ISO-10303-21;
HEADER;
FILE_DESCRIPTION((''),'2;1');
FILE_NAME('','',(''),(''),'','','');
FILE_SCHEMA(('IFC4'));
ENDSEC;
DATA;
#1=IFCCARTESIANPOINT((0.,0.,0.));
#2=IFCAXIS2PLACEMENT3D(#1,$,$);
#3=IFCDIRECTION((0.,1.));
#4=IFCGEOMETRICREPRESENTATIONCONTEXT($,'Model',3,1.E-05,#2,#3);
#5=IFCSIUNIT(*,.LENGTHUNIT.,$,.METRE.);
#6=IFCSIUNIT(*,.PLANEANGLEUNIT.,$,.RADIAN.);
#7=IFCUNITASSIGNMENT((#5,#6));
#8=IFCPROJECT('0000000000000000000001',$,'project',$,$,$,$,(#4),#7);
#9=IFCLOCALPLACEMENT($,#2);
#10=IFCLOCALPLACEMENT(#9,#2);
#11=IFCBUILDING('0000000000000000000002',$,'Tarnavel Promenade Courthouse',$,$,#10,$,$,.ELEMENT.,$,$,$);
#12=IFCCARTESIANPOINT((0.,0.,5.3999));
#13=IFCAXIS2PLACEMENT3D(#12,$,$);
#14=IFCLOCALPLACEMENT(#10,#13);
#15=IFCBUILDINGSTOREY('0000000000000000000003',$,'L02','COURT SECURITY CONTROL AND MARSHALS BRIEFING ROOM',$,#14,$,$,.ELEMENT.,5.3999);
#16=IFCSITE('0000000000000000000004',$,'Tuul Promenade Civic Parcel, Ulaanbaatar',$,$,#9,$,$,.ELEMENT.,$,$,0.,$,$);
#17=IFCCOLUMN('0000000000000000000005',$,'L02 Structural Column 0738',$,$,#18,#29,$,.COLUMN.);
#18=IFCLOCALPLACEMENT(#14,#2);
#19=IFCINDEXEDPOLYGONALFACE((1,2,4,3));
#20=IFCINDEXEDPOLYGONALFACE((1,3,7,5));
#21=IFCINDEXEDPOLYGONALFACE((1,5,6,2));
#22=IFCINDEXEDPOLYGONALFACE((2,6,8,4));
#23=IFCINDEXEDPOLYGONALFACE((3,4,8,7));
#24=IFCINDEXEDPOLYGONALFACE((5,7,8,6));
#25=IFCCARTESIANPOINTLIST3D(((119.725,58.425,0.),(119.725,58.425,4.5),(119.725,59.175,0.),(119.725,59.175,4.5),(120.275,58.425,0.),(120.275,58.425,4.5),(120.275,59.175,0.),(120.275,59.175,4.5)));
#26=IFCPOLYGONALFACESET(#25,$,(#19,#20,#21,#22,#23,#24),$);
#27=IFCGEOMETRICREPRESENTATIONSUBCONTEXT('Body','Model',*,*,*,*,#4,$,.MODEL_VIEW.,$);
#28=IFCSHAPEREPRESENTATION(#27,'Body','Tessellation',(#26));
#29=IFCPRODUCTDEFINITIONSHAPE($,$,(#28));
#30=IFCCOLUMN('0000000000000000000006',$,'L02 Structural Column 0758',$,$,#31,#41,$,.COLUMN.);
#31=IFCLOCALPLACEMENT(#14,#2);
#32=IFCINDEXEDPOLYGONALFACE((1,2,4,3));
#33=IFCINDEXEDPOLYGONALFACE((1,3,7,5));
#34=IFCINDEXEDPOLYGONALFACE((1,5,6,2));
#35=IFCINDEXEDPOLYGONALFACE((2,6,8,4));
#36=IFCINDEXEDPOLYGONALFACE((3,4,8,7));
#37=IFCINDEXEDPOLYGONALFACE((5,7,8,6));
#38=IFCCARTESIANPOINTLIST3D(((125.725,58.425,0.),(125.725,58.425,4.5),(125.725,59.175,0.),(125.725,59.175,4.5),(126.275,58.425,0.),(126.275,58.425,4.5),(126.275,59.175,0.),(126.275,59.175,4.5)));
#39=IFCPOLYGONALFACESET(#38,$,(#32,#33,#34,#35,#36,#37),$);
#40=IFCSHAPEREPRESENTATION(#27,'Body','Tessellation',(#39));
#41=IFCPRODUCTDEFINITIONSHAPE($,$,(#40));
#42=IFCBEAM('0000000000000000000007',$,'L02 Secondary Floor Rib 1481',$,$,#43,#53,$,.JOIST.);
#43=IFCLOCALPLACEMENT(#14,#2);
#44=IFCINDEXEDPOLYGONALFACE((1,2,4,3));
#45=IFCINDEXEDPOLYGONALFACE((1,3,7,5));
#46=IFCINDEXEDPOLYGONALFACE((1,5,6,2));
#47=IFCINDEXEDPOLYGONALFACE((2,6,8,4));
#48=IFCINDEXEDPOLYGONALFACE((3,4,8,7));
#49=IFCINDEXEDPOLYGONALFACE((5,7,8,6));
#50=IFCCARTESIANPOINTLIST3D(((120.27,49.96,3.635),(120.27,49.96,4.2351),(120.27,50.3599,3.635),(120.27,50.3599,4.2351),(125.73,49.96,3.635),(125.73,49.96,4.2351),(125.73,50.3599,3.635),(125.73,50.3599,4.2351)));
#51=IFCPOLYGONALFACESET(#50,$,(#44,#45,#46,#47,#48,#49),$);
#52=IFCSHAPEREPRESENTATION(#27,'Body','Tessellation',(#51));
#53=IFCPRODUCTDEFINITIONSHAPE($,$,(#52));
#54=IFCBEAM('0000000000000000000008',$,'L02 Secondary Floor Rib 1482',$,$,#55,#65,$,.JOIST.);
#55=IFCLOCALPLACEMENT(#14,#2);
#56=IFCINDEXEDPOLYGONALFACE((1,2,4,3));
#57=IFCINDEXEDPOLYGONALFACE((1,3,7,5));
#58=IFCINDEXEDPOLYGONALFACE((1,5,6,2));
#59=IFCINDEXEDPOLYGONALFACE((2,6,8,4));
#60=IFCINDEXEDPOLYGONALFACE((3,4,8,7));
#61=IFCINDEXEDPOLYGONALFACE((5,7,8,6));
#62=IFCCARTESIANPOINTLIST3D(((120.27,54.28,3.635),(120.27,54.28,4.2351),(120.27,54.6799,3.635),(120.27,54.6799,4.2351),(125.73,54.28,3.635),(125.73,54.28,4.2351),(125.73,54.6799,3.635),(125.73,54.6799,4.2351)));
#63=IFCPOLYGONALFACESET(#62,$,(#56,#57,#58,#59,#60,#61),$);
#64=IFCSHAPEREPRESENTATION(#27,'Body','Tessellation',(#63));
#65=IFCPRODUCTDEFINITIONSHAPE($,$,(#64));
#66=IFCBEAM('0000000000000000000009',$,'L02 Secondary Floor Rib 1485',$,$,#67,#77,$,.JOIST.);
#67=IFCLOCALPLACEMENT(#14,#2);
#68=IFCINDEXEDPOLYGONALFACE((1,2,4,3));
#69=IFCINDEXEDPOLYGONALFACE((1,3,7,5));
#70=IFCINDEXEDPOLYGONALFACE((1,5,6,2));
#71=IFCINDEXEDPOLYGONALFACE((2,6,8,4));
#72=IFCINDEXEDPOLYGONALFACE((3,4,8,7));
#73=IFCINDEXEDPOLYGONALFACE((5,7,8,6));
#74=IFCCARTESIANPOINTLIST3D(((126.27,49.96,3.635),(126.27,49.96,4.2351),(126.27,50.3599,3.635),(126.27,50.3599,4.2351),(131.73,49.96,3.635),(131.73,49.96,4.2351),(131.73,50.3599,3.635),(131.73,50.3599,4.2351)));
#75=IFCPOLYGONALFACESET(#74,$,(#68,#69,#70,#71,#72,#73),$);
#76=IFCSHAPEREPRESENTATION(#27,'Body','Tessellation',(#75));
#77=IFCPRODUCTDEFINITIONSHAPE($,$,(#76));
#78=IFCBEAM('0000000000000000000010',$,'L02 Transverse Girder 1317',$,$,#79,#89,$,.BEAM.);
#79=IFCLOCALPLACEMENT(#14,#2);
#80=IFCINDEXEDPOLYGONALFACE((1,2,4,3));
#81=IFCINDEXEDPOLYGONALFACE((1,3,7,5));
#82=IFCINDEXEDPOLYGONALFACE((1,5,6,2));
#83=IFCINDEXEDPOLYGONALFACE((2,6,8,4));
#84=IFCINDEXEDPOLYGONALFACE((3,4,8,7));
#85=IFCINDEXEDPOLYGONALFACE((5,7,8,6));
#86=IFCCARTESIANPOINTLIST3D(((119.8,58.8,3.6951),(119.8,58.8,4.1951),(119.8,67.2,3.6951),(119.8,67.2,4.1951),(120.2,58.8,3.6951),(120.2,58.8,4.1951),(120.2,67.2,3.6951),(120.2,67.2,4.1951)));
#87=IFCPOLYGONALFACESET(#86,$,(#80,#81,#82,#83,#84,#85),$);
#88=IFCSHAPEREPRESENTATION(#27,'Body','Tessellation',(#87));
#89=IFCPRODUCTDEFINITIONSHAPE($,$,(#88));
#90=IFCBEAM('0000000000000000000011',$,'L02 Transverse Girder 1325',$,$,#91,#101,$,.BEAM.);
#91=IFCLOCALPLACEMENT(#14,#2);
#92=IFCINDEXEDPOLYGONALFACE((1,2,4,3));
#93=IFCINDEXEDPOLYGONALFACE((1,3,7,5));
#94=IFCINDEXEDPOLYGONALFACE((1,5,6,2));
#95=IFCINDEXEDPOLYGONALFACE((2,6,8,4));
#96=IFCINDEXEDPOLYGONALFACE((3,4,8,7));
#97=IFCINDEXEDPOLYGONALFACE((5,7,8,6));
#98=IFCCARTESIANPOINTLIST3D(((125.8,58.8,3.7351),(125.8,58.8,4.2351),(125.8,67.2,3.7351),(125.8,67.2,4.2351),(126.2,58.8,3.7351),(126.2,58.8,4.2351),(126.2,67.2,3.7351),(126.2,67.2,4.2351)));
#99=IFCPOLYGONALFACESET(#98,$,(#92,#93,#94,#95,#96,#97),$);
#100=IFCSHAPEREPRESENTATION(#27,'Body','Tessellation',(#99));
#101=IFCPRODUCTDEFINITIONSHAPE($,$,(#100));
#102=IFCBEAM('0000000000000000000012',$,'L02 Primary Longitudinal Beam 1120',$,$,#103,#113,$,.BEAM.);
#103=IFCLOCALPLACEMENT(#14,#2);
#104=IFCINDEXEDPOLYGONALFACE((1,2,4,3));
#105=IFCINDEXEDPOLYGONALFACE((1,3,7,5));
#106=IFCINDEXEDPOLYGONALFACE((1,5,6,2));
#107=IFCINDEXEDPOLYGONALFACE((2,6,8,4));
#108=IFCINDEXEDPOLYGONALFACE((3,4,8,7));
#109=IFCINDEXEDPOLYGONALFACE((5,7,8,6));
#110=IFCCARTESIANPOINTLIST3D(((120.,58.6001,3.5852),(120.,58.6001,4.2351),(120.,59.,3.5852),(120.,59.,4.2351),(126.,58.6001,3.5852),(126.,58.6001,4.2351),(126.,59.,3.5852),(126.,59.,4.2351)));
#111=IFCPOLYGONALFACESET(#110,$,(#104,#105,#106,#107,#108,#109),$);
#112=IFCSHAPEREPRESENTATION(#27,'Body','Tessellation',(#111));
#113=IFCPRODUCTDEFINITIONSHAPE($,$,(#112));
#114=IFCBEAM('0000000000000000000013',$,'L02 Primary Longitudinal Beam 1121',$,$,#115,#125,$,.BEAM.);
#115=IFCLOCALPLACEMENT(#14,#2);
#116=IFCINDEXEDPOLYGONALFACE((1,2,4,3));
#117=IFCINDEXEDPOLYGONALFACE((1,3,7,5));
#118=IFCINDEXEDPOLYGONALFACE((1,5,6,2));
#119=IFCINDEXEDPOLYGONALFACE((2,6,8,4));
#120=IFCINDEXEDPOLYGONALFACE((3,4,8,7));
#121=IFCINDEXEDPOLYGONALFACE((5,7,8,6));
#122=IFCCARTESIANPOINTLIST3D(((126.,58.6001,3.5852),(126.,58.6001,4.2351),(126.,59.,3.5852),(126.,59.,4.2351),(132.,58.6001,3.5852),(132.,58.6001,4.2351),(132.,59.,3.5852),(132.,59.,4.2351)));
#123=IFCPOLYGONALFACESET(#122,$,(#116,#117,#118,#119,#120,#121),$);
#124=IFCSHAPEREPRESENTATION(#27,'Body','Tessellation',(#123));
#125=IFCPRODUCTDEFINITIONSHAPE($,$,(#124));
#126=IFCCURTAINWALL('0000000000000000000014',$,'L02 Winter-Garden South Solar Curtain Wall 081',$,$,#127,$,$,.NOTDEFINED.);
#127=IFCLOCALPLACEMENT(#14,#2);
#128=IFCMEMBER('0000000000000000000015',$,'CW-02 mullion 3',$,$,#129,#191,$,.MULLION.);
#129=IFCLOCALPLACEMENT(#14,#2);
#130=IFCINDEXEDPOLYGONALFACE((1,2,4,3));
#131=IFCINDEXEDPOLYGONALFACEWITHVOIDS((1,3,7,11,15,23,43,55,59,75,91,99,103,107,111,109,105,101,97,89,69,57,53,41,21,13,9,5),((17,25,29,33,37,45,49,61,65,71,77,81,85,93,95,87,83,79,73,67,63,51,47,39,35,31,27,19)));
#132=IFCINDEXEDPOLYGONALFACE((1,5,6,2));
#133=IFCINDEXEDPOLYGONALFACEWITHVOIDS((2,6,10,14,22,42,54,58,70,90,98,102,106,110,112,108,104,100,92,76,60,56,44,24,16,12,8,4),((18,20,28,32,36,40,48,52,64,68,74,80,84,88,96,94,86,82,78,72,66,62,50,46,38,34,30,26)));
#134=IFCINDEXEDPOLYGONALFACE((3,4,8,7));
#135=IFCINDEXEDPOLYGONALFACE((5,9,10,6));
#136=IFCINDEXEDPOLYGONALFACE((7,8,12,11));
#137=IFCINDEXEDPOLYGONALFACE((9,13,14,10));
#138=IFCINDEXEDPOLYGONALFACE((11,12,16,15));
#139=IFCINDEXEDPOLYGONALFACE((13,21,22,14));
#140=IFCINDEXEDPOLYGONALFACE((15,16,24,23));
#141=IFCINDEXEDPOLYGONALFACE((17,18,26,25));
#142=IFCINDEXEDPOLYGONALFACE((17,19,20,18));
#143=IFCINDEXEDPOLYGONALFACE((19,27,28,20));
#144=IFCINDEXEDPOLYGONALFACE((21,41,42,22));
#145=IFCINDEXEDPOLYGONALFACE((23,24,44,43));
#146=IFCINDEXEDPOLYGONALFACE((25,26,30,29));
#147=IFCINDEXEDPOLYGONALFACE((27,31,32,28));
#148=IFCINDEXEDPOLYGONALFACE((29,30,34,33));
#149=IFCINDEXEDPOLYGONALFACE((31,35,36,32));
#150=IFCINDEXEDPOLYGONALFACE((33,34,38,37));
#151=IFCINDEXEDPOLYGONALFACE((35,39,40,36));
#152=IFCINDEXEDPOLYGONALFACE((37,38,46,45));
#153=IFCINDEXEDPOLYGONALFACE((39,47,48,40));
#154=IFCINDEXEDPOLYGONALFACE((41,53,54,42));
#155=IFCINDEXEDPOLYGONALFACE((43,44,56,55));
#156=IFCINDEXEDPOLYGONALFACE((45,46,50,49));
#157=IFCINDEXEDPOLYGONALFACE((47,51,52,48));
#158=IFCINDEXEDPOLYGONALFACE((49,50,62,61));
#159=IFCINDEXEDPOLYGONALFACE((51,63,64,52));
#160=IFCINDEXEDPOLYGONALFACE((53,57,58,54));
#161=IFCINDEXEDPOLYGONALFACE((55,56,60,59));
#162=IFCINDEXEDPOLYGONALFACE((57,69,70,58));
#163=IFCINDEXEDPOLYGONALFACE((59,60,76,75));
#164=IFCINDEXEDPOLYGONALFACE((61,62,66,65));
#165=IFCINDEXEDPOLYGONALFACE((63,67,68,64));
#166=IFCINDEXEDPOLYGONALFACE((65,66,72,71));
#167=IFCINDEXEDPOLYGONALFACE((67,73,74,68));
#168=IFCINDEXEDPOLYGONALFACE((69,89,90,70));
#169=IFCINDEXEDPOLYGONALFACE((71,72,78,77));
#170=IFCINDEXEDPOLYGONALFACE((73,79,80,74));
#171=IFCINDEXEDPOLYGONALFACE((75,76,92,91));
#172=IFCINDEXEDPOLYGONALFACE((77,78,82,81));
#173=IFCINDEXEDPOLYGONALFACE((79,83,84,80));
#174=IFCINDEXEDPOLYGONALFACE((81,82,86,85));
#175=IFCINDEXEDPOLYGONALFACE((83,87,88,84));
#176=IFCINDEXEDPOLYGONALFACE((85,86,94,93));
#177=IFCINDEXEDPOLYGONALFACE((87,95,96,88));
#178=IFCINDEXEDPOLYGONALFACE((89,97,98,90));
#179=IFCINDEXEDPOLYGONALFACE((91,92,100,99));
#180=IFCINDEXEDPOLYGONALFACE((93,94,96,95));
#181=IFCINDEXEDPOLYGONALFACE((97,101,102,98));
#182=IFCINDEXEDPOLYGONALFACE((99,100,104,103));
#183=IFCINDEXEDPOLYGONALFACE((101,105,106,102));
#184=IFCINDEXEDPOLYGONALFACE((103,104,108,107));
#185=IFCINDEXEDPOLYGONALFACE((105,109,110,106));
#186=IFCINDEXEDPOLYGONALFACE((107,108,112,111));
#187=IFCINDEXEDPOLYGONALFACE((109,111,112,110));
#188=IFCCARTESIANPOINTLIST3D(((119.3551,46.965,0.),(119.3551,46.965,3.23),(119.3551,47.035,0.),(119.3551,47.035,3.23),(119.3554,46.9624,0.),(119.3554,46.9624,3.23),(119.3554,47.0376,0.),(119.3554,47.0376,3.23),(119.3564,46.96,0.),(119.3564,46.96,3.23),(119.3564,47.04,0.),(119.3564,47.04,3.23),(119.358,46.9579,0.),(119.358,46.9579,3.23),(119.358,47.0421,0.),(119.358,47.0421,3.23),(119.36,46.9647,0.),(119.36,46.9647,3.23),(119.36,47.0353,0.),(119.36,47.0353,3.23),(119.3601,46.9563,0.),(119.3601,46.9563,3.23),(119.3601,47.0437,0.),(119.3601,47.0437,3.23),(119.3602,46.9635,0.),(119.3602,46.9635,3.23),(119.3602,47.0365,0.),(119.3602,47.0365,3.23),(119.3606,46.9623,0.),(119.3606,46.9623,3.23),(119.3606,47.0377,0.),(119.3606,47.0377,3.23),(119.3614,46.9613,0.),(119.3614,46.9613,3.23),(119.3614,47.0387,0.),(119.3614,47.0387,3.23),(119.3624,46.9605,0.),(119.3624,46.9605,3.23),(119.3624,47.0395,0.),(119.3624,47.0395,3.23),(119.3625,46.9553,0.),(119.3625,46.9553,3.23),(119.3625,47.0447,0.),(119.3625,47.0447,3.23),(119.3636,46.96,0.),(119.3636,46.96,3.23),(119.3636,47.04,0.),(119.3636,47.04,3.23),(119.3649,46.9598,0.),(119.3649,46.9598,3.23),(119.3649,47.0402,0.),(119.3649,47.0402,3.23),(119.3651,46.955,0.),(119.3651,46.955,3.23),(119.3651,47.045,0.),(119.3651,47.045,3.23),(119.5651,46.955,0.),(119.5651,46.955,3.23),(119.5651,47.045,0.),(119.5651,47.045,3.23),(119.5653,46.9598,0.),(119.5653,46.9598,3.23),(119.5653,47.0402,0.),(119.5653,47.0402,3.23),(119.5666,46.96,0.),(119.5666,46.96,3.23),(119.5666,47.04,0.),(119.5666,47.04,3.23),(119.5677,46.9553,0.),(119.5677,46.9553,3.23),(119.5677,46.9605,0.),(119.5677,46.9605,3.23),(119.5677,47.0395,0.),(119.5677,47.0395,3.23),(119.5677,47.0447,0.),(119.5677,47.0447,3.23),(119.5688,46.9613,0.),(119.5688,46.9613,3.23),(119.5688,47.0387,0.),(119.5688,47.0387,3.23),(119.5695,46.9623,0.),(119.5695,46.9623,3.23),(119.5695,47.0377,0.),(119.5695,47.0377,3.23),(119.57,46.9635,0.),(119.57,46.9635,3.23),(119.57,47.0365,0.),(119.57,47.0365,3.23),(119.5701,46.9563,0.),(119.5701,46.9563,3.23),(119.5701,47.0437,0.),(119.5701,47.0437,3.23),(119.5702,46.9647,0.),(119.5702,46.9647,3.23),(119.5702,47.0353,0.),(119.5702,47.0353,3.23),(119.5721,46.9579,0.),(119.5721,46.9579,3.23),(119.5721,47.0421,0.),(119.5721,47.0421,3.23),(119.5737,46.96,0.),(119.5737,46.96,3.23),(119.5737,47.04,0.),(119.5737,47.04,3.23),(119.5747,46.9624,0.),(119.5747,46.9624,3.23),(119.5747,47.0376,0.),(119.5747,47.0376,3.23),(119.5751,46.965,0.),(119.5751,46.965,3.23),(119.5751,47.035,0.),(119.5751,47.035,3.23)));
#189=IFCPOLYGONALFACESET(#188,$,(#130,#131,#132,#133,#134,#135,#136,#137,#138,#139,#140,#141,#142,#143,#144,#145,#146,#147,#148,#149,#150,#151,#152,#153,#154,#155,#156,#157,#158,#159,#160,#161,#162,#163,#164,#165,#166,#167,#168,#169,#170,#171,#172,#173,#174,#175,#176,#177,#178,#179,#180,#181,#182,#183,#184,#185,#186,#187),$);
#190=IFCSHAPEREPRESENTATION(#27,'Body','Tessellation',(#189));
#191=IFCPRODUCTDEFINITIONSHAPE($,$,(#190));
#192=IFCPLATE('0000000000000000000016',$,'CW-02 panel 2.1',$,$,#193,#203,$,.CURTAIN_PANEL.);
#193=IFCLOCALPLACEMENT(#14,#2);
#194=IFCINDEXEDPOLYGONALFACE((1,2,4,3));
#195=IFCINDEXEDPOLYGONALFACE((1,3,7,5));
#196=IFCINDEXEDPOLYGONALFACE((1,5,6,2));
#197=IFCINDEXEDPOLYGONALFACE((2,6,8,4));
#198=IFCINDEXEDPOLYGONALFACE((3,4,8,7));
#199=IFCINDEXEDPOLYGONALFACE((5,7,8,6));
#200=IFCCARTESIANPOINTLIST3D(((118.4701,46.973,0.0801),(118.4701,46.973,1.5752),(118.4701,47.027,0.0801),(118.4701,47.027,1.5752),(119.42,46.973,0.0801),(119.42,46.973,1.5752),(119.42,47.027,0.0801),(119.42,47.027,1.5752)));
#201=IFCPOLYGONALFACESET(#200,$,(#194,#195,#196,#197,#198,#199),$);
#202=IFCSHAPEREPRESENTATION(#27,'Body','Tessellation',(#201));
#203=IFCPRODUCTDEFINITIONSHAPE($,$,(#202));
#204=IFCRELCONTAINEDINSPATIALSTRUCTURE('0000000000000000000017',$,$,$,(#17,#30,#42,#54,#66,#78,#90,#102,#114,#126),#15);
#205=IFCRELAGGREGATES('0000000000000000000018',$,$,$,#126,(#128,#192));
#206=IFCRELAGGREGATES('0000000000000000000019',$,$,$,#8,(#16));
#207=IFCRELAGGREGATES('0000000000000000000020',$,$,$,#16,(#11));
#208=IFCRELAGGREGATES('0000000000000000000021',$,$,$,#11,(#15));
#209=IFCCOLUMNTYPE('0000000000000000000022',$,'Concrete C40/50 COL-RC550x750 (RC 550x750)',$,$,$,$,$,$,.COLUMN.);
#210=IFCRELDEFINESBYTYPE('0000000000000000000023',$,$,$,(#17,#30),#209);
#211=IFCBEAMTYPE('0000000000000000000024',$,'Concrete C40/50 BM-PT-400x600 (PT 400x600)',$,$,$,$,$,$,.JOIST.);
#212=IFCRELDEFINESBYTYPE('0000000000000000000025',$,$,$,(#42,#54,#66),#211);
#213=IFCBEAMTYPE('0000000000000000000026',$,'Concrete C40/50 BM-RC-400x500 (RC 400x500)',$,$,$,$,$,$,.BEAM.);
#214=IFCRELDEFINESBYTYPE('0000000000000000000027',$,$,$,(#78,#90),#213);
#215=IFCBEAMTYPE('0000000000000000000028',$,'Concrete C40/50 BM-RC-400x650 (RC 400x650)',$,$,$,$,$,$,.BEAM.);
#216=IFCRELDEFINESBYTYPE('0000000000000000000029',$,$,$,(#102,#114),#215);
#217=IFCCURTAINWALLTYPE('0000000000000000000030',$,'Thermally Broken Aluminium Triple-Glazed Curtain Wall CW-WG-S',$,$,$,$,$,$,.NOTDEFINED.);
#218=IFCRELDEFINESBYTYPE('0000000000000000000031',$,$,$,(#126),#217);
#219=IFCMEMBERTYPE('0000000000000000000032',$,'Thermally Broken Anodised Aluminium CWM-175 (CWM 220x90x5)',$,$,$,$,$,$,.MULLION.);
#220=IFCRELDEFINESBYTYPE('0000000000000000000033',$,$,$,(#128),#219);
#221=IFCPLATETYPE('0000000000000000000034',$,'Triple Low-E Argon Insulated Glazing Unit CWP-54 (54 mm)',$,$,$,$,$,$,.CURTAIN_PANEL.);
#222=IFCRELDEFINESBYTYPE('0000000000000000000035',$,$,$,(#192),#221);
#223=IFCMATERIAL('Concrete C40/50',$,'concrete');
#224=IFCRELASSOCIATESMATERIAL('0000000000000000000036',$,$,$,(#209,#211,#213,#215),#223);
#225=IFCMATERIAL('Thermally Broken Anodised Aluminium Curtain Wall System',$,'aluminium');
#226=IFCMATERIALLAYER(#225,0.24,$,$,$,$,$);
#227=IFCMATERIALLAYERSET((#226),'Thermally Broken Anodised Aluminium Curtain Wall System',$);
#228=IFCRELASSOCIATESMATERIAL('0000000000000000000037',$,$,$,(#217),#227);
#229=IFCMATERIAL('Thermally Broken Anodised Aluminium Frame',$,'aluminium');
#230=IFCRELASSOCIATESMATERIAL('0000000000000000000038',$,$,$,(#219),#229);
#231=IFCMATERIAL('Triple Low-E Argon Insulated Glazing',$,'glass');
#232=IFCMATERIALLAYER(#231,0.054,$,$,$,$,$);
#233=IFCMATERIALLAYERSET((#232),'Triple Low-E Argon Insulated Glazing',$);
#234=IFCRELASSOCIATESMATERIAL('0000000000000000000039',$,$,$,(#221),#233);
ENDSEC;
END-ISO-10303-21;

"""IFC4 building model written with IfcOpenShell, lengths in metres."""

from ifc_helpers import new_model, si_unit, direction, frame, origin, origin_2d, place, context, subcontext, project, spatial, rectangle, hollow_rectangle, extrude, material, layer, layer_set, material_profile, profile_set, type_object, element, aggregate, save


model = new_model("IFC4")

# Units and contexts
model_context = context("Model", 3, precision=1e-05, world=origin(), true_north=direction((0.0, 1.0)))
body_context = subcontext(model_context, "Body", "Model", "MODEL_VIEW")
ifc_project = project(units=[si_unit("LENGTHUNIT", "METRE"), si_unit("PLANEANGLEUNIT", "RADIAN")], contexts=[model_context])

# Site, building, storey
site_placement = place(None, origin())
site = spatial("IfcSite", under=ifc_project, at=site_placement, Name="Tuul Promenade Civic Parcel, Ulaanbaatar", CompositionType="ELEMENT", RefElevation=0.0)
building_placement = place(site_placement, origin())
building = spatial("IfcBuilding", under=site, at=building_placement, Name="Tarnavel Promenade Courthouse", CompositionType="ELEMENT")
storey_placement = place(building_placement, frame((0.0, 0.0, 5.3999)))
storey = spatial("IfcBuildingStorey", under=building, at=storey_placement, Name="L02", Description="COURT SECURITY CONTROL AND MARSHALS BRIEFING ROOM", CompositionType="ELEMENT", Elevation=5.3999)

# Columns
ifc_material_1 = material(Name="Concrete C40/50", Category="concrete")
ifc_material_profile_1 = material_profile(ifc_material_1, rectangle(XDim=0.55, YDim=0.75, at=origin_2d()), Name="RC 550x750")
ifc_profile_set_1 = profile_set([ifc_material_profile_1], Name="Concrete C40/50")
column_type = type_object("IfcColumnType", Name="Concrete C40/50 COL-RC550x750 (RC 550x750)", PredefinedType="COLUMN", material=ifc_profile_set_1)
for number, where, z_axis, x_axis, name in (
    (1, (120.0, 58.8, 0.0), (0.0, 0.0, 1.0), (1.0, 0.0, 0.0), "L02 Structural Column 0738"),
    (2, (126.0, 58.8, 0.0), (0.0, 0.0, 1.0), (1.0, 0.0, 0.0), "L02 Structural Column 0758"),
):
    element("IfcColumn", number, at=place(storey_placement, frame(where, z_axis=z_axis, x_axis=x_axis)), inside=storey, type_object=column_type, Name=name, PredefinedType="COLUMN", context=body_context, shape_type="SweptSolid", body=[
        extrude(rectangle(XDim=0.55, YDim=0.75, at=origin_2d()), origin(), (0.0, 0.0, 1.0), 4.5),
    ])

# Beams
ifc_material_profile_2 = material_profile(ifc_material_1, rectangle(XDim=0.3999, YDim=0.6001, at=origin_2d()), Name="PT 400x600")
ifc_profile_set_2 = profile_set([ifc_material_profile_2], Name="Concrete C40/50")
beam_type_1 = type_object("IfcBeamType", Name="Concrete C40/50 BM-PT-400x600 (PT 400x600)", PredefinedType="JOIST", material=ifc_profile_set_2)
for number, where, z_axis, x_axis, name in (
    (3, (120.27, 50.1599, 3.9351), (1.0, 0.0, 0.0), (0.0, 1.0, 0.0), "L02 Secondary Floor Rib 1481"),
    (4, (120.27, 54.48, 3.9351), (1.0, 0.0, 0.0), (0.0, 1.0, 0.0), "L02 Secondary Floor Rib 1482"),
    (5, (126.27, 50.1599, 3.9351), (1.0, 0.0, 0.0), (0.0, 1.0, 0.0), "L02 Secondary Floor Rib 1485"),
):
    element("IfcBeam", number, at=place(storey_placement, frame(where, z_axis=z_axis, x_axis=x_axis)), inside=storey, type_object=beam_type_1, Name=name, PredefinedType="JOIST", context=body_context, shape_type="SweptSolid", body=[
        extrude(rectangle(XDim=0.3999, YDim=0.6001, at=origin_2d()), origin(), (0.0, 0.0, 1.0), 5.46),
    ])
ifc_material_profile_3 = material_profile(ifc_material_1, rectangle(XDim=0.3999, YDim=0.5, at=origin_2d()), Name="RC 400x500")
ifc_profile_set_3 = profile_set([ifc_material_profile_3], Name="Concrete C40/50")
beam_type_2 = type_object("IfcBeamType", Name="Concrete C40/50 BM-RC-400x500 (RC 400x500)", PredefinedType="BEAM", material=ifc_profile_set_3)
for number, where, z_axis, x_axis, name in (
    (6, (120.0, 58.8, 3.9451), (0.0, 1.0, 0.0), (-1.0, 0.0, 0.0), "L02 Transverse Girder 1317"),
    (7, (126.0, 58.8, 3.9851), (0.0, 1.0, 0.0), (-1.0, 0.0, 0.0), "L02 Transverse Girder 1325"),
):
    element("IfcBeam", number, at=place(storey_placement, frame(where, z_axis=z_axis, x_axis=x_axis)), inside=storey, type_object=beam_type_2, Name=name, PredefinedType="BEAM", context=body_context, shape_type="SweptSolid", body=[
        extrude(rectangle(XDim=0.3999, YDim=0.5, at=origin_2d()), origin(), (0.0, 0.0, 1.0), 8.3999),
    ])
ifc_material_profile_4 = material_profile(ifc_material_1, rectangle(XDim=0.3999, YDim=0.6499, at=origin_2d()), Name="RC 400x650")
ifc_profile_set_4 = profile_set([ifc_material_profile_4], Name="Concrete C40/50")
beam_type_3 = type_object("IfcBeamType", Name="Concrete C40/50 BM-RC-400x650 (RC 400x650)", PredefinedType="BEAM", material=ifc_profile_set_4)
for number, where, z_axis, x_axis, name in (
    (8, (120.0, 58.8, 3.9102), (1.0, 0.0, 0.0), (0.0, 1.0, 0.0), "L02 Primary Longitudinal Beam 1120"),
    (9, (126.0, 58.8, 3.9102), (1.0, 0.0, 0.0), (0.0, 1.0, 0.0), "L02 Primary Longitudinal Beam 1121"),
):
    element("IfcBeam", number, at=place(storey_placement, frame(where, z_axis=z_axis, x_axis=x_axis)), inside=storey, type_object=beam_type_3, Name=name, PredefinedType="BEAM", context=body_context, shape_type="SweptSolid", body=[
        extrude(rectangle(XDim=0.3999, YDim=0.6499, at=origin_2d()), origin(), (0.0, 0.0, 1.0), 6.0),
    ])

# Curtain wall, member, plate
ifc_material_2 = material(Name="Thermally Broken Anodised Aluminium Curtain Wall System", Category="aluminium")
ifc_layer_1 = layer(ifc_material_2, 0.24)
ifc_layer_set_1 = layer_set([ifc_layer_1], Name="Thermally Broken Anodised Aluminium Curtain Wall System")
curtain_wall_type = type_object("IfcCurtainWallType", Name="Thermally Broken Aluminium Triple-Glazed Curtain Wall CW-WG-S", PredefinedType="NOTDEFINED", material=ifc_layer_set_1)
curtain_wall_placement = place(storey_placement, origin())
curtain_wall = element("IfcCurtainWall", 10, at=curtain_wall_placement, inside=storey, type_object=curtain_wall_type, Name="L02 Winter-Garden South Solar Curtain Wall 081", PredefinedType="NOTDEFINED")
ifc_material_3 = material(Name="Thermally Broken Anodised Aluminium Frame", Category="aluminium")
ifc_material_profile_5 = material_profile(ifc_material_3, hollow_rectangle(XDim=0.0901, YDim=0.22, WallThickness=0.0049, InnerFilletRadius=0.0049, OuterFilletRadius=0.01, at=origin_2d()), Name="CWM 220x90x5")
ifc_profile_set_5 = profile_set([ifc_material_profile_5], Name="Thermally Broken Anodised Aluminium Frame")
member_type = type_object("IfcMemberType", Name="Thermally Broken Anodised Aluminium CWM-175 (CWM 220x90x5)", PredefinedType="MULLION", material=ifc_profile_set_5)
member_placement = place(storey_placement, frame((119.4651, 47.0, 0.0), z_axis=(0.0, 0.0, 1.0), x_axis=(0.0, 1.0, 0.0)))
member = element("IfcMember", 11, at=member_placement, type_object=member_type, Name="CW-02 mullion 3", PredefinedType="MULLION", context=body_context, shape_type="SweptSolid", body=[
    extrude(hollow_rectangle(XDim=0.0901, YDim=0.22, WallThickness=0.0049, InnerFilletRadius=0.0049, OuterFilletRadius=0.01, at=origin_2d()), origin(), (0.0, 0.0, 1.0), 3.23),
])
ifc_material_4 = material(Name="Triple Low-E Argon Insulated Glazing", Category="glass")
ifc_layer_2 = layer(ifc_material_4, 0.054)
ifc_layer_set_2 = layer_set([ifc_layer_2], Name="Triple Low-E Argon Insulated Glazing")
plate_type = type_object("IfcPlateType", Name="Triple Low-E Argon Insulated Glazing Unit CWP-54 (54 mm)", PredefinedType="CURTAIN_PANEL", material=ifc_layer_set_2)
plate_1_placement = place(storey_placement, frame((118.9451, 47.0, 0.0801), z_axis=(0.0, 0.0, 1.0), x_axis=(1.0, 0.0, 0.0)))
plate_1 = element("IfcPlate", 12, at=plate_1_placement, type_object=plate_type, Name="CW-02 panel 2.1", PredefinedType="CURTAIN_PANEL", context=body_context, shape_type="SweptSolid", body=[
    extrude(rectangle(XDim=0.95, YDim=0.054, at=origin_2d()), origin(), (0.0, 0.0, 1.0), 1.4951),
])
aggregate(curtain_wall, [member, plate_1])

save(model, "model.ifc")
